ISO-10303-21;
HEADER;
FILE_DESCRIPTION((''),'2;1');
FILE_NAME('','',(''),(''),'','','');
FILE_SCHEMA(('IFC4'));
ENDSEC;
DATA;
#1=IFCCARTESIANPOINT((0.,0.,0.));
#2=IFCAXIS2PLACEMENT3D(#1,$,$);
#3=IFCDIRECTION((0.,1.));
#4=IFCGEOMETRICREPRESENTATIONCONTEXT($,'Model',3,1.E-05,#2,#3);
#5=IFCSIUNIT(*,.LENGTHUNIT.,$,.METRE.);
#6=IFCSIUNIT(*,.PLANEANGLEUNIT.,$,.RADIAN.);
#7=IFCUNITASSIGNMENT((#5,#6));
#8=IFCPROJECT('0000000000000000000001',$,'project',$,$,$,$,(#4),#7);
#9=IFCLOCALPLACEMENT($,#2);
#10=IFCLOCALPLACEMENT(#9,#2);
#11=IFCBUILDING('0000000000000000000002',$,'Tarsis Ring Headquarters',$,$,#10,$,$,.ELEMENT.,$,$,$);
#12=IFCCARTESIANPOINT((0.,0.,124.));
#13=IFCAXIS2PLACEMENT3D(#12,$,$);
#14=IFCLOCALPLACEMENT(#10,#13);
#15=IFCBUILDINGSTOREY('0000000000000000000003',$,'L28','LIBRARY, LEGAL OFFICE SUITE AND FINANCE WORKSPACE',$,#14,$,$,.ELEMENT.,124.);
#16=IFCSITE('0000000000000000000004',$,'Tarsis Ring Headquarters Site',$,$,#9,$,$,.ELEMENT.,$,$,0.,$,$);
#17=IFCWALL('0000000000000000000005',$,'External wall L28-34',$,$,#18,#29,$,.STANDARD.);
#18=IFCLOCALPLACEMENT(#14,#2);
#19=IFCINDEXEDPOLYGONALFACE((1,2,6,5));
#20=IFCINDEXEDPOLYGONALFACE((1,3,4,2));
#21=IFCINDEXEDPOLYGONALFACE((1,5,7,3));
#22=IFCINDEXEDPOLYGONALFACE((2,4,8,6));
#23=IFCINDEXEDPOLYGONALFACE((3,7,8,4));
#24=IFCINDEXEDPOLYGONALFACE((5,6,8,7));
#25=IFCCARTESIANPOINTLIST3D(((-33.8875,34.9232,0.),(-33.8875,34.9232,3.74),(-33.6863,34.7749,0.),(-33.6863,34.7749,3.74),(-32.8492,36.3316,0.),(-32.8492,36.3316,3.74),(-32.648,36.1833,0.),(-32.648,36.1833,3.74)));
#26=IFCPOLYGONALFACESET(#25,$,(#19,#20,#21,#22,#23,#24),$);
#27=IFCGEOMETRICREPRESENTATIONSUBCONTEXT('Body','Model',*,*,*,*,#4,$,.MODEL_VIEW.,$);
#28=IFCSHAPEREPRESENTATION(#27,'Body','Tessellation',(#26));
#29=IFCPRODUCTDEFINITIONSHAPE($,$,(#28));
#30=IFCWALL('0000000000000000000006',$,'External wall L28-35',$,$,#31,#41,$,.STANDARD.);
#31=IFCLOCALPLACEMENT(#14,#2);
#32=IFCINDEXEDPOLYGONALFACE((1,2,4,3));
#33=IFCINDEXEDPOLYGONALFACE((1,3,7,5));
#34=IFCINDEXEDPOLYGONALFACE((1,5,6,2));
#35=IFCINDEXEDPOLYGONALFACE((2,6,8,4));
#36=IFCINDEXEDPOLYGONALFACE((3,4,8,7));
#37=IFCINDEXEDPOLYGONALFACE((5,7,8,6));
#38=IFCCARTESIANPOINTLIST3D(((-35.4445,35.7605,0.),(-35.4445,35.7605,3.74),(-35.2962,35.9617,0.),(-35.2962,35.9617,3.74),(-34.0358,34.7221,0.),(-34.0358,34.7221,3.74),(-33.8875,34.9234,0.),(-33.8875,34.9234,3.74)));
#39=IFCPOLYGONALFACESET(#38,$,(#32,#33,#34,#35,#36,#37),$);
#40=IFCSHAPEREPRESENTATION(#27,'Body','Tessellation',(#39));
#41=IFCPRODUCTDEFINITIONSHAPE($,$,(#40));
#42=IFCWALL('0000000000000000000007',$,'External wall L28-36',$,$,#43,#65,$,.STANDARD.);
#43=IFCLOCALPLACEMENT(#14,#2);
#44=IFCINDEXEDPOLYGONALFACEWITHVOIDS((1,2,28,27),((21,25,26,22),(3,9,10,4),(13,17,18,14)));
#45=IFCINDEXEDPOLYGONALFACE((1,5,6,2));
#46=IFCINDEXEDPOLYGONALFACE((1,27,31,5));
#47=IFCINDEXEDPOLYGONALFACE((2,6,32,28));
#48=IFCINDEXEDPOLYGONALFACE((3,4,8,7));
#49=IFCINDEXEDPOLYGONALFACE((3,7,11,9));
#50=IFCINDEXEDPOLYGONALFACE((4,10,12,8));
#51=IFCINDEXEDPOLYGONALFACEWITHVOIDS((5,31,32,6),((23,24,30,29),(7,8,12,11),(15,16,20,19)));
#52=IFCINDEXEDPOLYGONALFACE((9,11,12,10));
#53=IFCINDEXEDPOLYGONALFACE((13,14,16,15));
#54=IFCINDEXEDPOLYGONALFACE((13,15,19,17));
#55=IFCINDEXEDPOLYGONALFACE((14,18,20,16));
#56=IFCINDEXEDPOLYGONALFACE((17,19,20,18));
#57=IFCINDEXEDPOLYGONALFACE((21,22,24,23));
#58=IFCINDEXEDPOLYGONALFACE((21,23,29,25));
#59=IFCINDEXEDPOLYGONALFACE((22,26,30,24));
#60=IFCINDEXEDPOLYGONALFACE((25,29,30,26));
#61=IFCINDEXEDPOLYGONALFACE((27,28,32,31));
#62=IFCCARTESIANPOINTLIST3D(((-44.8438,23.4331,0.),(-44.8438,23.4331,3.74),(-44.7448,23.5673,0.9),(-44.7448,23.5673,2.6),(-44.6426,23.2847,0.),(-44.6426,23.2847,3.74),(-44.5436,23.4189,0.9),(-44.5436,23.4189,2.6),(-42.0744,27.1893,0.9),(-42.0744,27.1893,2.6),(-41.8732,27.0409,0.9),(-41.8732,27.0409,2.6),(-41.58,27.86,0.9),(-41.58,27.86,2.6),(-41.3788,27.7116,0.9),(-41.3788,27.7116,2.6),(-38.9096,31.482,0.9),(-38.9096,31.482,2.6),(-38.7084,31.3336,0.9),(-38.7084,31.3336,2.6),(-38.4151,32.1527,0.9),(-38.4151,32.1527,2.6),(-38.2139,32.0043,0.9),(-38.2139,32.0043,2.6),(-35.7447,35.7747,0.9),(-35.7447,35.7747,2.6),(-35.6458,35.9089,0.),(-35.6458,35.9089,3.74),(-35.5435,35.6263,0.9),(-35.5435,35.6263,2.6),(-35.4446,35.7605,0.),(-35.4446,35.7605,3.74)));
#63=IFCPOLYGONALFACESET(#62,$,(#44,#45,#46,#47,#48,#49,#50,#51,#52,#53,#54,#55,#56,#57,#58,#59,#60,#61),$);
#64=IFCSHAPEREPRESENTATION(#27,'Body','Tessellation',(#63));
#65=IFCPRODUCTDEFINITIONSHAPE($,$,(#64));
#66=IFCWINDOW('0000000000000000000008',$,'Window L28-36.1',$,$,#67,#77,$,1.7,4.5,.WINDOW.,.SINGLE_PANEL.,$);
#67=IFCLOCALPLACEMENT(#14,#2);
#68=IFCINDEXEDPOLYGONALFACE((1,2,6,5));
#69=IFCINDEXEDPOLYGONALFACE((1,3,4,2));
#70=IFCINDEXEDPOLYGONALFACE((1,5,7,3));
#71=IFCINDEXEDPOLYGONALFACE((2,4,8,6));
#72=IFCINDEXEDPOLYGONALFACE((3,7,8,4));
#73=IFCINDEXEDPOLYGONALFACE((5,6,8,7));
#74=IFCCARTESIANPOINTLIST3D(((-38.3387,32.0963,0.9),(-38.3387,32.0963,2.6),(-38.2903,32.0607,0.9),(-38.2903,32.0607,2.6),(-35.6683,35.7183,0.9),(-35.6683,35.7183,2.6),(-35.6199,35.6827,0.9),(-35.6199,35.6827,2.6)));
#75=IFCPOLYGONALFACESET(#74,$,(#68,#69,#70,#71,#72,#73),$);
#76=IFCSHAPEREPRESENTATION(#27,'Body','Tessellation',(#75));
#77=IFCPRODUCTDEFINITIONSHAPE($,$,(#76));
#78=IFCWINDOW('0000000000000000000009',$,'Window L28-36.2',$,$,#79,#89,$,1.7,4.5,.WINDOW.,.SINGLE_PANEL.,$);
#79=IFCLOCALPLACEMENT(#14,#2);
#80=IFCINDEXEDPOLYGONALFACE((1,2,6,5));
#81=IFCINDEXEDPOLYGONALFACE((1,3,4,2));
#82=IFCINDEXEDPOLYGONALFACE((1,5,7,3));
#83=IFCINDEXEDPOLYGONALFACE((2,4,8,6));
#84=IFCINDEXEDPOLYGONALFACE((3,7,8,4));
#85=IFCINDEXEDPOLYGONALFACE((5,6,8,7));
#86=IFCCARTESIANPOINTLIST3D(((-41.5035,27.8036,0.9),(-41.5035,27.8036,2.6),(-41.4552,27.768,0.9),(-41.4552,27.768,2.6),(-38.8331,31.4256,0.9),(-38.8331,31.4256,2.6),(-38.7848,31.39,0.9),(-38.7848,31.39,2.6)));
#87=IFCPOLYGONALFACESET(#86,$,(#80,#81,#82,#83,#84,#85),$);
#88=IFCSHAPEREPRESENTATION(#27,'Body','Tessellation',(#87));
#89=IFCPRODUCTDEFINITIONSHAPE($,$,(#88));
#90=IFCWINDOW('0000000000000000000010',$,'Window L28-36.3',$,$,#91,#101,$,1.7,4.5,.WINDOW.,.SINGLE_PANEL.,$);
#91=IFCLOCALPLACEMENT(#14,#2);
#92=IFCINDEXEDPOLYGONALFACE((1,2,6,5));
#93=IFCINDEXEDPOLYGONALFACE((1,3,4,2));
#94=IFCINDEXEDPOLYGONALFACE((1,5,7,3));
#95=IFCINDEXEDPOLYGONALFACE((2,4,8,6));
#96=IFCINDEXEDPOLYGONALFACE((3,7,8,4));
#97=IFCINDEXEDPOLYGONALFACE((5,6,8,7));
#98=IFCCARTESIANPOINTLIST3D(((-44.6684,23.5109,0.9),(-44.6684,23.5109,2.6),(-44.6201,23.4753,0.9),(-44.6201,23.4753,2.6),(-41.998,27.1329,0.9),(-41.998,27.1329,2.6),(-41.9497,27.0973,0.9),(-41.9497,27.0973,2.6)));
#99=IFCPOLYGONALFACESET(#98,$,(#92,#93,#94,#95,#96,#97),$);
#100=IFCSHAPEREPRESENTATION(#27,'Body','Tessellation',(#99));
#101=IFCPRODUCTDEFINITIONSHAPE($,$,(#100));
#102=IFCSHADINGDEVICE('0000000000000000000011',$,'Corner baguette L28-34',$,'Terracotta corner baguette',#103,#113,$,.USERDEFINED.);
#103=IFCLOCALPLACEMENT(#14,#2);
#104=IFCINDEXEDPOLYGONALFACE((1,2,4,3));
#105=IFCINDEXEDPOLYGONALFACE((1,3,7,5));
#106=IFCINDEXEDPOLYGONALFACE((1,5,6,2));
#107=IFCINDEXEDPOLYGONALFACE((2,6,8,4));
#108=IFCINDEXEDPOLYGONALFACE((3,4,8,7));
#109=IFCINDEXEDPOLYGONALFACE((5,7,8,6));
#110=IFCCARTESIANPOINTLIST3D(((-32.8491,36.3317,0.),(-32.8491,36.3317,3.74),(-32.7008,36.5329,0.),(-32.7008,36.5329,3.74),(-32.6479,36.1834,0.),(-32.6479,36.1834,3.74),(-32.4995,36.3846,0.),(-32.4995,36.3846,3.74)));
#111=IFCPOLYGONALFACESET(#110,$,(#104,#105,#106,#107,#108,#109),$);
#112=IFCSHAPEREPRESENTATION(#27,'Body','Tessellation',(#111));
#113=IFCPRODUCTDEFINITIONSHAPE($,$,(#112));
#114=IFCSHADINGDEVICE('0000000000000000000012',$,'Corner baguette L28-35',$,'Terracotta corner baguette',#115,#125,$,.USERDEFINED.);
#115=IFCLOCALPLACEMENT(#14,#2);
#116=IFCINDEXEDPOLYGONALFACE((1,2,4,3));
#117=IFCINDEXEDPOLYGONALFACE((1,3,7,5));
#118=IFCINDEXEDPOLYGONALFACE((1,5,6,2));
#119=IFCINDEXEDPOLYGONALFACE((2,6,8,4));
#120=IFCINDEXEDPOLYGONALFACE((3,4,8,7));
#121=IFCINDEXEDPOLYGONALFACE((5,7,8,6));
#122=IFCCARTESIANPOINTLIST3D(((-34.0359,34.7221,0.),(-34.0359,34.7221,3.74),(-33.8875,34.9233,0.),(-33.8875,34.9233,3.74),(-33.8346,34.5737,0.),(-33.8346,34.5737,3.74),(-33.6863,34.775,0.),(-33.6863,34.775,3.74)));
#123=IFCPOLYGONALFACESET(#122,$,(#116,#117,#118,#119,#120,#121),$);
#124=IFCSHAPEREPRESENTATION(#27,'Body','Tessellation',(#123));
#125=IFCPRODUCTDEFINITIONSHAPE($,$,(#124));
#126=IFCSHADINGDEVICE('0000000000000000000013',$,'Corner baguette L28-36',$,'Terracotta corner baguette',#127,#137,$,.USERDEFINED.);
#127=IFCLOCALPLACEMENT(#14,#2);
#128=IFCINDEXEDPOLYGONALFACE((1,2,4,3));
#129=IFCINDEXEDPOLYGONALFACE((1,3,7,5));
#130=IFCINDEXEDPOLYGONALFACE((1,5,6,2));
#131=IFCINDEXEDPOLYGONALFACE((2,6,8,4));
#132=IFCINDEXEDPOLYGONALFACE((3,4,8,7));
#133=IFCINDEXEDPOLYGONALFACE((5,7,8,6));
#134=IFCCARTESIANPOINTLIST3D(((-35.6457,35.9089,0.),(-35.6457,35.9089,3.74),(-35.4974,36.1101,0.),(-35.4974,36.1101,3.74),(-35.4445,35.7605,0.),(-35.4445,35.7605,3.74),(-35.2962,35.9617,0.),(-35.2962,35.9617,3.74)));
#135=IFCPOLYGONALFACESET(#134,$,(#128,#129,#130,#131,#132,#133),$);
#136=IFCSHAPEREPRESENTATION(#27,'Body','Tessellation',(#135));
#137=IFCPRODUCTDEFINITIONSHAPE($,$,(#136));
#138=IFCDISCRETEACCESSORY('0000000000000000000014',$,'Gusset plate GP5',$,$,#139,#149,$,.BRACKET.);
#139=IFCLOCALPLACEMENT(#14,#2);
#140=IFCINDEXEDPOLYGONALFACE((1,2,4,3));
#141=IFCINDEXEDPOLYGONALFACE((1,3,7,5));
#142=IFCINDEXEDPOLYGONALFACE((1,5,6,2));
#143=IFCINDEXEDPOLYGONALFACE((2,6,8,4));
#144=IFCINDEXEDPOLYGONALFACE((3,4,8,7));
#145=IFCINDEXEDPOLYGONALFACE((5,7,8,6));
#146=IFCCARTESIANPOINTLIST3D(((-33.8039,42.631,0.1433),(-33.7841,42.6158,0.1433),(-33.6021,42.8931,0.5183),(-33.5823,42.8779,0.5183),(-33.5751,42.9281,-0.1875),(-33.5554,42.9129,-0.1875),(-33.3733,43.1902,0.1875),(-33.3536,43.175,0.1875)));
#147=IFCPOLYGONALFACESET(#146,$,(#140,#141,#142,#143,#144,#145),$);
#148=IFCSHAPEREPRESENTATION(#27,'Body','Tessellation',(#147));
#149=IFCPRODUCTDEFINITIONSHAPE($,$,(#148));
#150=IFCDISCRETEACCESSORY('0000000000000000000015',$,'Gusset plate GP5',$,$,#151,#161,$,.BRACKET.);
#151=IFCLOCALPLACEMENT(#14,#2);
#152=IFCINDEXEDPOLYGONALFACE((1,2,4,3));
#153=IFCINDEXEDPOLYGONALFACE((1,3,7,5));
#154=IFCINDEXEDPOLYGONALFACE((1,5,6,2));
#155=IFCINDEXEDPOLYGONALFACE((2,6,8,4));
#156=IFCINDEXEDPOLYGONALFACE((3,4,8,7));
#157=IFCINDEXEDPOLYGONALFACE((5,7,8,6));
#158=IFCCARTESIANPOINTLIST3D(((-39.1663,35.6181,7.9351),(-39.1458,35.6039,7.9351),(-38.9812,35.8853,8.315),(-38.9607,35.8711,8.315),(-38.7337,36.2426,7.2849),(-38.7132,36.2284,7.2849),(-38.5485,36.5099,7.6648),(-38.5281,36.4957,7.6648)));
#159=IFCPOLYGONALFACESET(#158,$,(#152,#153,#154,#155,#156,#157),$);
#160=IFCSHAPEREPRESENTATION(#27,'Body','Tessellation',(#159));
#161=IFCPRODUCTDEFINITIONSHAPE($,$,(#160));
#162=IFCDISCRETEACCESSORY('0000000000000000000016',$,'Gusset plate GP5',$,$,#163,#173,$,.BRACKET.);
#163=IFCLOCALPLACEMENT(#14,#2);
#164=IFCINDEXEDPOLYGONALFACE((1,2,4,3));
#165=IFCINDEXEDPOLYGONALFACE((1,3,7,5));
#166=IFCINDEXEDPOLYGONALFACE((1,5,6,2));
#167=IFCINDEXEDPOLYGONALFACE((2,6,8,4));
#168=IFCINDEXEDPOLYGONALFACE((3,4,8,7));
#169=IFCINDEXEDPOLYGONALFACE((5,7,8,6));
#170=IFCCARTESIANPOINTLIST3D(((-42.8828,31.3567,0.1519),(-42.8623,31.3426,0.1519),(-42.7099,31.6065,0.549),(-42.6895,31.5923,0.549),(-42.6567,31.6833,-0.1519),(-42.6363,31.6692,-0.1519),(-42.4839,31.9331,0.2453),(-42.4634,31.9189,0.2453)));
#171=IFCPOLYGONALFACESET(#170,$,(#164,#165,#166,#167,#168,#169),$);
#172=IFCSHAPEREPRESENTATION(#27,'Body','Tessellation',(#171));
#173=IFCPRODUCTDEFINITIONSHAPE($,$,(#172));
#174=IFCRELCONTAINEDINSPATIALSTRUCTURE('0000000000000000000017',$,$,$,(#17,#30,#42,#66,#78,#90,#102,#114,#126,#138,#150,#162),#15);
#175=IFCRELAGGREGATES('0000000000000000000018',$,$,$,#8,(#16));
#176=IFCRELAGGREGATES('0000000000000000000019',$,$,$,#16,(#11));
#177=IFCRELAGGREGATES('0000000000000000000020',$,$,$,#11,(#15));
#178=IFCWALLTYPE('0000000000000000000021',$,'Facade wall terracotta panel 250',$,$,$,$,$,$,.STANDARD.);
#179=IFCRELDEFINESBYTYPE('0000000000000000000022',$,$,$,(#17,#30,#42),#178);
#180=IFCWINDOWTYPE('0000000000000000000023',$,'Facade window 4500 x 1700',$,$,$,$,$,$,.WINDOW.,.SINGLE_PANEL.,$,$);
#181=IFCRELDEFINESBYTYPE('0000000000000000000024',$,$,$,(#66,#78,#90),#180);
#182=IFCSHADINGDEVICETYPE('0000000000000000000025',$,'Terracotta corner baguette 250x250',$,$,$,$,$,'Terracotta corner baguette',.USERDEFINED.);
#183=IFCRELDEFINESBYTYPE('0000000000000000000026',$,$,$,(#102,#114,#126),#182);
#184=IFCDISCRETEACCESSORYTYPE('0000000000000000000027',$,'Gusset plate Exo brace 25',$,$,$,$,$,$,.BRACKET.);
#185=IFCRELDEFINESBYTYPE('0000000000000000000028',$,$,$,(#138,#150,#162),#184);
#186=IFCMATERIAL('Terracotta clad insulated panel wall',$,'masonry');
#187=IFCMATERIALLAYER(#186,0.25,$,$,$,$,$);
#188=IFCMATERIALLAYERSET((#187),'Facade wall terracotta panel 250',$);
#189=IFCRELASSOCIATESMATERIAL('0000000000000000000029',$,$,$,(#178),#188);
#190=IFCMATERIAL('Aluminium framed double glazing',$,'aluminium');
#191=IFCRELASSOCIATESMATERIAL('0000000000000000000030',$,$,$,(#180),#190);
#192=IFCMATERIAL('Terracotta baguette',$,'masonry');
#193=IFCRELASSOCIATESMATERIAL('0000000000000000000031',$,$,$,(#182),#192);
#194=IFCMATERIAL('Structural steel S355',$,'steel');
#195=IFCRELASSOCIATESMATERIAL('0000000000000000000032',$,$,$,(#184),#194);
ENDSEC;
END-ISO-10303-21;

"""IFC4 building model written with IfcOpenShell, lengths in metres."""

from ifc_helpers import new_model, si_unit, direction, frame, frame_2d, origin, origin_2d, place, context, subcontext, project, spatial, rectangle, extrude, material, layer, layer_set, material_profile, profile_set, type_object, element, fill, save


model = new_model("IFC4")

# Units and contexts
model_context = context("Model", 3, precision=1e-05, world=origin(), true_north=direction((0.0, 1.0)))
body_context = subcontext(model_context, "Body", "Model", "MODEL_VIEW")
ifc_project = project(units=[si_unit("LENGTHUNIT", "METRE"), si_unit("PLANEANGLEUNIT", "RADIAN")], contexts=[model_context])

# Site, building, storey
site_placement = place(None, origin())
site = spatial("IfcSite", under=ifc_project, at=site_placement, Name="Tarsis Ring Headquarters Site", CompositionType="ELEMENT", RefElevation=0.0)
building_placement = place(site_placement, origin())
building = spatial("IfcBuilding", under=site, at=building_placement, Name="Tarsis Ring Headquarters", CompositionType="ELEMENT")
storey_placement = place(building_placement, frame((0.0, 0.0, 124.0)))
storey = spatial("IfcBuildingStorey", under=building, at=storey_placement, Name="L28", Description="LIBRARY, LEGAL OFFICE SUITE AND FINANCE WORKSPACE", CompositionType="ELEMENT", Elevation=124.0)

# Shared definitions
ifc_material_1 = material(Name="Structural steel S355", Category="steel")

# Walls
ifc_material_2 = material(Name="Terracotta clad insulated panel wall", Category="masonry")
ifc_layer_1 = layer(ifc_material_2, 0.25)
ifc_layer_set_1 = layer_set([ifc_layer_1], Name="Facade wall terracotta panel 250")
wall_type_1 = type_object("IfcWallType", Name="Facade wall terracotta panel 250", PredefinedType="STANDARD", material=ifc_layer_set_1)
wall_1_placement = place(storey_placement, frame((-32.7485, 36.2576, 0.0), z_axis=(0.0, 0.0, 1.0), x_axis=(-0.593394, -0.804912, 0.0)))
element("IfcWall", 1, at=wall_1_placement, inside=storey, type_object=wall_type_1, Name="External wall L28-34", PredefinedType="STANDARD", context=body_context, shape_type="SweptSolid", body=[
    extrude(rectangle(XDim=1.7498, YDim=0.25, at=frame_2d((0.875, 0.0))), origin(), (0.0, 0.0, 1.0), 3.74),
])
wall_2_placement = place(storey_placement, frame((-33.9617, 34.8228, 0.0), z_axis=(0.0, 0.0, 1.0), x_axis=(-0.804961, 0.593328, 0.0)))
element("IfcWall", 2, at=wall_2_placement, inside=storey, type_object=wall_type_1, Name="External wall L28-35", PredefinedType="STANDARD", context=body_context, shape_type="SweptSolid", body=[
    extrude(rectangle(XDim=1.75, YDim=0.25, at=frame_2d((0.875, 0.0))), origin(), (0.0, 0.0, 1.0), 3.74),
])

# Wall, openings, windows
wall_3_placement = place(storey_placement, frame((-35.5452, 35.8347, 0.0), z_axis=(0.0, 0.0, 1.0), x_axis=(-0.59342, -0.804893, 0.0)))
wall_3 = element("IfcWall", 3, at=wall_3_placement, inside=storey, type_object=wall_type_1, Name="External wall L28-36", PredefinedType="STANDARD", context=body_context, shape_type="SweptSolid", body=[
    extrude(rectangle(XDim=15.5, YDim=0.25, at=frame_2d((7.75, 0.0))), origin(), (0.0, 0.0, 1.0), 3.74),
])
opening_1_placement = place(wall_3_placement, frame((0.1667, 0.0, 0.8999)))
opening_1 = element("IfcOpeningElement", 4, at=opening_1_placement, cuts=wall_3, PredefinedType="OPENING", context=body_context, shape_type="SweptSolid", body=[
    extrude(rectangle(XDim=4.5, YDim=1.7, at=frame_2d((2.25, 0.8501))), frame((0.0, 0.135, 0.0), z_axis=(0.0, -1.0, 0.0), x_axis=(1.0, 0.0, 0.0)), (0.0, 0.0, 1.0), 0.27),
])
opening_2_placement = place(wall_3_placement, frame((5.5, 0.0, 0.8999)))
opening_2 = element("IfcOpeningElement", 5, at=opening_2_placement, cuts=wall_3, PredefinedType="OPENING", context=body_context, shape_type="SweptSolid", body=[
    extrude(rectangle(XDim=4.5, YDim=1.7, at=frame_2d((2.25, 0.8501))), frame((0.0, 0.135, 0.0), z_axis=(0.0, -1.0, 0.0), x_axis=(1.0, 0.0, 0.0)), (0.0, 0.0, 1.0), 0.27),
])
opening_3_placement = place(wall_3_placement, frame((10.8333, 0.0, 0.8999)))
opening_3 = element("IfcOpeningElement", 6, at=opening_3_placement, cuts=wall_3, PredefinedType="OPENING", context=body_context, shape_type="SweptSolid", body=[
    extrude(rectangle(XDim=4.5, YDim=1.7, at=frame_2d((2.25, 0.8501))), frame((0.0, 0.135, 0.0), z_axis=(0.0, -1.0, 0.0), x_axis=(1.0, 0.0, 0.0)), (0.0, 0.0, 1.0), 0.27),
])
ifc_material_3 = material(Name="Aluminium framed double glazing", Category="aluminium")
window_type = type_object("IfcWindowType", Name="Facade window 4500 x 1700", PartitioningType="SINGLE_PANEL", PredefinedType="WINDOW", material=ifc_material_3)
window_1_placement = place(opening_1_placement, origin())
window_1 = element("IfcWindow", 7, at=window_1_placement, inside=storey, type_object=window_type, Name="Window L28-36.1", OverallHeight=1.7, OverallWidth=4.5, PartitioningType="SINGLE_PANEL", PredefinedType="WINDOW", context=body_context, shape_type="SweptSolid", body=[
    extrude(rectangle(XDim=4.5, YDim=1.7, at=frame_2d((2.25, 0.8501))), frame((0.0, 0.03, 0.0), z_axis=(0.0, -1.0, 0.0), x_axis=(1.0, 0.0, 0.0)), (0.0, 0.0, 1.0), 0.0601),
])
fill(opening_1, window_1)
window_2_placement = place(opening_2_placement, origin())
window_2 = element("IfcWindow", 8, at=window_2_placement, inside=storey, type_object=window_type, Name="Window L28-36.2", OverallHeight=1.7, OverallWidth=4.5, PartitioningType="SINGLE_PANEL", PredefinedType="WINDOW", context=body_context, shape_type="SweptSolid", body=[
    extrude(rectangle(XDim=4.5, YDim=1.7, at=frame_2d((2.25, 0.8501))), frame((0.0, 0.03, 0.0), z_axis=(0.0, -1.0, 0.0), x_axis=(1.0, 0.0, 0.0)), (0.0, 0.0, 1.0), 0.0601),
])
fill(opening_2, window_2)
window_3_placement = place(opening_3_placement, origin())
window_3 = element("IfcWindow", 9, at=window_3_placement, inside=storey, type_object=window_type, Name="Window L28-36.3", OverallHeight=1.7, OverallWidth=4.5, PartitioningType="SINGLE_PANEL", PredefinedType="WINDOW", context=body_context, shape_type="SweptSolid", body=[
    extrude(rectangle(XDim=4.5, YDim=1.7, at=frame_2d((2.25, 0.8501))), frame((0.0, 0.03, 0.0), z_axis=(0.0, -1.0, 0.0), x_axis=(1.0, 0.0, 0.0)), (0.0, 0.0, 1.0), 0.0601),
])
fill(opening_3, window_3)

# Shading devices
ifc_material_4 = material(Name="Terracotta baguette", Category="masonry")
shading_device_type_1 = type_object("IfcShadingDeviceType", Name="Terracotta corner baguette 250x250", ElementType="Terracotta corner baguette", PredefinedType="USERDEFINED", material=ifc_material_4)
for number, where, z_axis, x_axis, name in (
    (10, (-32.6743, 36.3582, 0.0), (0.0, 0.0, 1.0), (-0.804894, 0.593419, 0.0), "Corner baguette L28-34"),
    (11, (-33.8611, 34.7485, 0.0), (0.0, 0.0, 1.0), (-0.593419, -0.804894, 0.0), "Corner baguette L28-35"),
    (12, (-35.4709, 35.9353, 0.0), (0.0, 0.0, 1.0), (-0.804894, 0.593419, 0.0), "Corner baguette L28-36"),
):
    element("IfcShadingDevice", number, at=place(storey_placement, frame(where, z_axis=z_axis, x_axis=x_axis)), inside=storey, type_object=shading_device_type_1, Name=name, ObjectType="Terracotta corner baguette", PredefinedType="USERDEFINED", context=body_context, shape_type="SweptSolid", body=[
        extrude(rectangle(XDim=0.25, YDim=0.25, at=origin_2d()), origin(), (0.0, 0.0, 1.0), 3.74),
    ])

# Discrete accessories
ifc_material_profile_1 = material_profile(ifc_material_1, rectangle(XDim=0.0249, YDim=0.5, at=origin_2d()), Name="PL 25x500")
ifc_profile_set_1 = profile_set([ifc_material_profile_1], Name="Structural steel S355")
discrete_accessory_type = type_object("IfcDiscreteAccessoryType", Name="Gusset plate Exo brace 25", PredefinedType="BRACKET", material=ifc_profile_set_1)
discrete_accessory_1_placement = place(storey_placement, frame((-33.4644, 43.0515, 0.0), z_axis=(-0.457477, -0.594183, 0.66156), x_axis=(0.792358, -0.610057, 0.0)))
element("IfcDiscreteAccessory", 13, at=discrete_accessory_1_placement, inside=storey, type_object=discrete_accessory_type, Name="Gusset plate GP5", PredefinedType="BRACKET", context=body_context, shape_type="SweptSolid", body=[
    extrude(rectangle(XDim=0.0249, YDim=0.5, at=origin_2d()), origin(), (0.0, 0.0, 1.0), 0.5),
])
discrete_accessory_2_placement = place(storey_placement, frame((-38.6309, 36.3691, 7.4749), z_axis=(-0.432647, -0.624555, 0.650191), x_axis=(0.82203, -0.569444, 0.0)))
element("IfcDiscreteAccessory", 14, at=discrete_accessory_2_placement, inside=storey, type_object=discrete_accessory_type, Name="Gusset plate GP5", PredefinedType="BRACKET", context=body_context, shape_type="SweptSolid", body=[
    extrude(rectangle(XDim=0.0249, YDim=0.5, at=origin_2d()), origin(), (0.0, 0.0, 1.0), 1.0),
])
discrete_accessory_3_placement = place(storey_placement, frame((-42.7595, 31.5129, 0.0), z_axis=(0.345678, 0.499475, 0.794375), x_axis=(-0.822279, 0.569085, 0.0)))
element("IfcDiscreteAccessory", 15, at=discrete_accessory_3_placement, inside=storey, type_object=discrete_accessory_type, Name="Gusset plate GP5", PredefinedType="BRACKET", context=body_context, shape_type="SweptSolid", body=[
    extrude(rectangle(XDim=0.0249, YDim=0.5, at=origin_2d()), origin(), (0.0, 0.0, 1.0), 0.5),
])

save(model, "model.ifc")
